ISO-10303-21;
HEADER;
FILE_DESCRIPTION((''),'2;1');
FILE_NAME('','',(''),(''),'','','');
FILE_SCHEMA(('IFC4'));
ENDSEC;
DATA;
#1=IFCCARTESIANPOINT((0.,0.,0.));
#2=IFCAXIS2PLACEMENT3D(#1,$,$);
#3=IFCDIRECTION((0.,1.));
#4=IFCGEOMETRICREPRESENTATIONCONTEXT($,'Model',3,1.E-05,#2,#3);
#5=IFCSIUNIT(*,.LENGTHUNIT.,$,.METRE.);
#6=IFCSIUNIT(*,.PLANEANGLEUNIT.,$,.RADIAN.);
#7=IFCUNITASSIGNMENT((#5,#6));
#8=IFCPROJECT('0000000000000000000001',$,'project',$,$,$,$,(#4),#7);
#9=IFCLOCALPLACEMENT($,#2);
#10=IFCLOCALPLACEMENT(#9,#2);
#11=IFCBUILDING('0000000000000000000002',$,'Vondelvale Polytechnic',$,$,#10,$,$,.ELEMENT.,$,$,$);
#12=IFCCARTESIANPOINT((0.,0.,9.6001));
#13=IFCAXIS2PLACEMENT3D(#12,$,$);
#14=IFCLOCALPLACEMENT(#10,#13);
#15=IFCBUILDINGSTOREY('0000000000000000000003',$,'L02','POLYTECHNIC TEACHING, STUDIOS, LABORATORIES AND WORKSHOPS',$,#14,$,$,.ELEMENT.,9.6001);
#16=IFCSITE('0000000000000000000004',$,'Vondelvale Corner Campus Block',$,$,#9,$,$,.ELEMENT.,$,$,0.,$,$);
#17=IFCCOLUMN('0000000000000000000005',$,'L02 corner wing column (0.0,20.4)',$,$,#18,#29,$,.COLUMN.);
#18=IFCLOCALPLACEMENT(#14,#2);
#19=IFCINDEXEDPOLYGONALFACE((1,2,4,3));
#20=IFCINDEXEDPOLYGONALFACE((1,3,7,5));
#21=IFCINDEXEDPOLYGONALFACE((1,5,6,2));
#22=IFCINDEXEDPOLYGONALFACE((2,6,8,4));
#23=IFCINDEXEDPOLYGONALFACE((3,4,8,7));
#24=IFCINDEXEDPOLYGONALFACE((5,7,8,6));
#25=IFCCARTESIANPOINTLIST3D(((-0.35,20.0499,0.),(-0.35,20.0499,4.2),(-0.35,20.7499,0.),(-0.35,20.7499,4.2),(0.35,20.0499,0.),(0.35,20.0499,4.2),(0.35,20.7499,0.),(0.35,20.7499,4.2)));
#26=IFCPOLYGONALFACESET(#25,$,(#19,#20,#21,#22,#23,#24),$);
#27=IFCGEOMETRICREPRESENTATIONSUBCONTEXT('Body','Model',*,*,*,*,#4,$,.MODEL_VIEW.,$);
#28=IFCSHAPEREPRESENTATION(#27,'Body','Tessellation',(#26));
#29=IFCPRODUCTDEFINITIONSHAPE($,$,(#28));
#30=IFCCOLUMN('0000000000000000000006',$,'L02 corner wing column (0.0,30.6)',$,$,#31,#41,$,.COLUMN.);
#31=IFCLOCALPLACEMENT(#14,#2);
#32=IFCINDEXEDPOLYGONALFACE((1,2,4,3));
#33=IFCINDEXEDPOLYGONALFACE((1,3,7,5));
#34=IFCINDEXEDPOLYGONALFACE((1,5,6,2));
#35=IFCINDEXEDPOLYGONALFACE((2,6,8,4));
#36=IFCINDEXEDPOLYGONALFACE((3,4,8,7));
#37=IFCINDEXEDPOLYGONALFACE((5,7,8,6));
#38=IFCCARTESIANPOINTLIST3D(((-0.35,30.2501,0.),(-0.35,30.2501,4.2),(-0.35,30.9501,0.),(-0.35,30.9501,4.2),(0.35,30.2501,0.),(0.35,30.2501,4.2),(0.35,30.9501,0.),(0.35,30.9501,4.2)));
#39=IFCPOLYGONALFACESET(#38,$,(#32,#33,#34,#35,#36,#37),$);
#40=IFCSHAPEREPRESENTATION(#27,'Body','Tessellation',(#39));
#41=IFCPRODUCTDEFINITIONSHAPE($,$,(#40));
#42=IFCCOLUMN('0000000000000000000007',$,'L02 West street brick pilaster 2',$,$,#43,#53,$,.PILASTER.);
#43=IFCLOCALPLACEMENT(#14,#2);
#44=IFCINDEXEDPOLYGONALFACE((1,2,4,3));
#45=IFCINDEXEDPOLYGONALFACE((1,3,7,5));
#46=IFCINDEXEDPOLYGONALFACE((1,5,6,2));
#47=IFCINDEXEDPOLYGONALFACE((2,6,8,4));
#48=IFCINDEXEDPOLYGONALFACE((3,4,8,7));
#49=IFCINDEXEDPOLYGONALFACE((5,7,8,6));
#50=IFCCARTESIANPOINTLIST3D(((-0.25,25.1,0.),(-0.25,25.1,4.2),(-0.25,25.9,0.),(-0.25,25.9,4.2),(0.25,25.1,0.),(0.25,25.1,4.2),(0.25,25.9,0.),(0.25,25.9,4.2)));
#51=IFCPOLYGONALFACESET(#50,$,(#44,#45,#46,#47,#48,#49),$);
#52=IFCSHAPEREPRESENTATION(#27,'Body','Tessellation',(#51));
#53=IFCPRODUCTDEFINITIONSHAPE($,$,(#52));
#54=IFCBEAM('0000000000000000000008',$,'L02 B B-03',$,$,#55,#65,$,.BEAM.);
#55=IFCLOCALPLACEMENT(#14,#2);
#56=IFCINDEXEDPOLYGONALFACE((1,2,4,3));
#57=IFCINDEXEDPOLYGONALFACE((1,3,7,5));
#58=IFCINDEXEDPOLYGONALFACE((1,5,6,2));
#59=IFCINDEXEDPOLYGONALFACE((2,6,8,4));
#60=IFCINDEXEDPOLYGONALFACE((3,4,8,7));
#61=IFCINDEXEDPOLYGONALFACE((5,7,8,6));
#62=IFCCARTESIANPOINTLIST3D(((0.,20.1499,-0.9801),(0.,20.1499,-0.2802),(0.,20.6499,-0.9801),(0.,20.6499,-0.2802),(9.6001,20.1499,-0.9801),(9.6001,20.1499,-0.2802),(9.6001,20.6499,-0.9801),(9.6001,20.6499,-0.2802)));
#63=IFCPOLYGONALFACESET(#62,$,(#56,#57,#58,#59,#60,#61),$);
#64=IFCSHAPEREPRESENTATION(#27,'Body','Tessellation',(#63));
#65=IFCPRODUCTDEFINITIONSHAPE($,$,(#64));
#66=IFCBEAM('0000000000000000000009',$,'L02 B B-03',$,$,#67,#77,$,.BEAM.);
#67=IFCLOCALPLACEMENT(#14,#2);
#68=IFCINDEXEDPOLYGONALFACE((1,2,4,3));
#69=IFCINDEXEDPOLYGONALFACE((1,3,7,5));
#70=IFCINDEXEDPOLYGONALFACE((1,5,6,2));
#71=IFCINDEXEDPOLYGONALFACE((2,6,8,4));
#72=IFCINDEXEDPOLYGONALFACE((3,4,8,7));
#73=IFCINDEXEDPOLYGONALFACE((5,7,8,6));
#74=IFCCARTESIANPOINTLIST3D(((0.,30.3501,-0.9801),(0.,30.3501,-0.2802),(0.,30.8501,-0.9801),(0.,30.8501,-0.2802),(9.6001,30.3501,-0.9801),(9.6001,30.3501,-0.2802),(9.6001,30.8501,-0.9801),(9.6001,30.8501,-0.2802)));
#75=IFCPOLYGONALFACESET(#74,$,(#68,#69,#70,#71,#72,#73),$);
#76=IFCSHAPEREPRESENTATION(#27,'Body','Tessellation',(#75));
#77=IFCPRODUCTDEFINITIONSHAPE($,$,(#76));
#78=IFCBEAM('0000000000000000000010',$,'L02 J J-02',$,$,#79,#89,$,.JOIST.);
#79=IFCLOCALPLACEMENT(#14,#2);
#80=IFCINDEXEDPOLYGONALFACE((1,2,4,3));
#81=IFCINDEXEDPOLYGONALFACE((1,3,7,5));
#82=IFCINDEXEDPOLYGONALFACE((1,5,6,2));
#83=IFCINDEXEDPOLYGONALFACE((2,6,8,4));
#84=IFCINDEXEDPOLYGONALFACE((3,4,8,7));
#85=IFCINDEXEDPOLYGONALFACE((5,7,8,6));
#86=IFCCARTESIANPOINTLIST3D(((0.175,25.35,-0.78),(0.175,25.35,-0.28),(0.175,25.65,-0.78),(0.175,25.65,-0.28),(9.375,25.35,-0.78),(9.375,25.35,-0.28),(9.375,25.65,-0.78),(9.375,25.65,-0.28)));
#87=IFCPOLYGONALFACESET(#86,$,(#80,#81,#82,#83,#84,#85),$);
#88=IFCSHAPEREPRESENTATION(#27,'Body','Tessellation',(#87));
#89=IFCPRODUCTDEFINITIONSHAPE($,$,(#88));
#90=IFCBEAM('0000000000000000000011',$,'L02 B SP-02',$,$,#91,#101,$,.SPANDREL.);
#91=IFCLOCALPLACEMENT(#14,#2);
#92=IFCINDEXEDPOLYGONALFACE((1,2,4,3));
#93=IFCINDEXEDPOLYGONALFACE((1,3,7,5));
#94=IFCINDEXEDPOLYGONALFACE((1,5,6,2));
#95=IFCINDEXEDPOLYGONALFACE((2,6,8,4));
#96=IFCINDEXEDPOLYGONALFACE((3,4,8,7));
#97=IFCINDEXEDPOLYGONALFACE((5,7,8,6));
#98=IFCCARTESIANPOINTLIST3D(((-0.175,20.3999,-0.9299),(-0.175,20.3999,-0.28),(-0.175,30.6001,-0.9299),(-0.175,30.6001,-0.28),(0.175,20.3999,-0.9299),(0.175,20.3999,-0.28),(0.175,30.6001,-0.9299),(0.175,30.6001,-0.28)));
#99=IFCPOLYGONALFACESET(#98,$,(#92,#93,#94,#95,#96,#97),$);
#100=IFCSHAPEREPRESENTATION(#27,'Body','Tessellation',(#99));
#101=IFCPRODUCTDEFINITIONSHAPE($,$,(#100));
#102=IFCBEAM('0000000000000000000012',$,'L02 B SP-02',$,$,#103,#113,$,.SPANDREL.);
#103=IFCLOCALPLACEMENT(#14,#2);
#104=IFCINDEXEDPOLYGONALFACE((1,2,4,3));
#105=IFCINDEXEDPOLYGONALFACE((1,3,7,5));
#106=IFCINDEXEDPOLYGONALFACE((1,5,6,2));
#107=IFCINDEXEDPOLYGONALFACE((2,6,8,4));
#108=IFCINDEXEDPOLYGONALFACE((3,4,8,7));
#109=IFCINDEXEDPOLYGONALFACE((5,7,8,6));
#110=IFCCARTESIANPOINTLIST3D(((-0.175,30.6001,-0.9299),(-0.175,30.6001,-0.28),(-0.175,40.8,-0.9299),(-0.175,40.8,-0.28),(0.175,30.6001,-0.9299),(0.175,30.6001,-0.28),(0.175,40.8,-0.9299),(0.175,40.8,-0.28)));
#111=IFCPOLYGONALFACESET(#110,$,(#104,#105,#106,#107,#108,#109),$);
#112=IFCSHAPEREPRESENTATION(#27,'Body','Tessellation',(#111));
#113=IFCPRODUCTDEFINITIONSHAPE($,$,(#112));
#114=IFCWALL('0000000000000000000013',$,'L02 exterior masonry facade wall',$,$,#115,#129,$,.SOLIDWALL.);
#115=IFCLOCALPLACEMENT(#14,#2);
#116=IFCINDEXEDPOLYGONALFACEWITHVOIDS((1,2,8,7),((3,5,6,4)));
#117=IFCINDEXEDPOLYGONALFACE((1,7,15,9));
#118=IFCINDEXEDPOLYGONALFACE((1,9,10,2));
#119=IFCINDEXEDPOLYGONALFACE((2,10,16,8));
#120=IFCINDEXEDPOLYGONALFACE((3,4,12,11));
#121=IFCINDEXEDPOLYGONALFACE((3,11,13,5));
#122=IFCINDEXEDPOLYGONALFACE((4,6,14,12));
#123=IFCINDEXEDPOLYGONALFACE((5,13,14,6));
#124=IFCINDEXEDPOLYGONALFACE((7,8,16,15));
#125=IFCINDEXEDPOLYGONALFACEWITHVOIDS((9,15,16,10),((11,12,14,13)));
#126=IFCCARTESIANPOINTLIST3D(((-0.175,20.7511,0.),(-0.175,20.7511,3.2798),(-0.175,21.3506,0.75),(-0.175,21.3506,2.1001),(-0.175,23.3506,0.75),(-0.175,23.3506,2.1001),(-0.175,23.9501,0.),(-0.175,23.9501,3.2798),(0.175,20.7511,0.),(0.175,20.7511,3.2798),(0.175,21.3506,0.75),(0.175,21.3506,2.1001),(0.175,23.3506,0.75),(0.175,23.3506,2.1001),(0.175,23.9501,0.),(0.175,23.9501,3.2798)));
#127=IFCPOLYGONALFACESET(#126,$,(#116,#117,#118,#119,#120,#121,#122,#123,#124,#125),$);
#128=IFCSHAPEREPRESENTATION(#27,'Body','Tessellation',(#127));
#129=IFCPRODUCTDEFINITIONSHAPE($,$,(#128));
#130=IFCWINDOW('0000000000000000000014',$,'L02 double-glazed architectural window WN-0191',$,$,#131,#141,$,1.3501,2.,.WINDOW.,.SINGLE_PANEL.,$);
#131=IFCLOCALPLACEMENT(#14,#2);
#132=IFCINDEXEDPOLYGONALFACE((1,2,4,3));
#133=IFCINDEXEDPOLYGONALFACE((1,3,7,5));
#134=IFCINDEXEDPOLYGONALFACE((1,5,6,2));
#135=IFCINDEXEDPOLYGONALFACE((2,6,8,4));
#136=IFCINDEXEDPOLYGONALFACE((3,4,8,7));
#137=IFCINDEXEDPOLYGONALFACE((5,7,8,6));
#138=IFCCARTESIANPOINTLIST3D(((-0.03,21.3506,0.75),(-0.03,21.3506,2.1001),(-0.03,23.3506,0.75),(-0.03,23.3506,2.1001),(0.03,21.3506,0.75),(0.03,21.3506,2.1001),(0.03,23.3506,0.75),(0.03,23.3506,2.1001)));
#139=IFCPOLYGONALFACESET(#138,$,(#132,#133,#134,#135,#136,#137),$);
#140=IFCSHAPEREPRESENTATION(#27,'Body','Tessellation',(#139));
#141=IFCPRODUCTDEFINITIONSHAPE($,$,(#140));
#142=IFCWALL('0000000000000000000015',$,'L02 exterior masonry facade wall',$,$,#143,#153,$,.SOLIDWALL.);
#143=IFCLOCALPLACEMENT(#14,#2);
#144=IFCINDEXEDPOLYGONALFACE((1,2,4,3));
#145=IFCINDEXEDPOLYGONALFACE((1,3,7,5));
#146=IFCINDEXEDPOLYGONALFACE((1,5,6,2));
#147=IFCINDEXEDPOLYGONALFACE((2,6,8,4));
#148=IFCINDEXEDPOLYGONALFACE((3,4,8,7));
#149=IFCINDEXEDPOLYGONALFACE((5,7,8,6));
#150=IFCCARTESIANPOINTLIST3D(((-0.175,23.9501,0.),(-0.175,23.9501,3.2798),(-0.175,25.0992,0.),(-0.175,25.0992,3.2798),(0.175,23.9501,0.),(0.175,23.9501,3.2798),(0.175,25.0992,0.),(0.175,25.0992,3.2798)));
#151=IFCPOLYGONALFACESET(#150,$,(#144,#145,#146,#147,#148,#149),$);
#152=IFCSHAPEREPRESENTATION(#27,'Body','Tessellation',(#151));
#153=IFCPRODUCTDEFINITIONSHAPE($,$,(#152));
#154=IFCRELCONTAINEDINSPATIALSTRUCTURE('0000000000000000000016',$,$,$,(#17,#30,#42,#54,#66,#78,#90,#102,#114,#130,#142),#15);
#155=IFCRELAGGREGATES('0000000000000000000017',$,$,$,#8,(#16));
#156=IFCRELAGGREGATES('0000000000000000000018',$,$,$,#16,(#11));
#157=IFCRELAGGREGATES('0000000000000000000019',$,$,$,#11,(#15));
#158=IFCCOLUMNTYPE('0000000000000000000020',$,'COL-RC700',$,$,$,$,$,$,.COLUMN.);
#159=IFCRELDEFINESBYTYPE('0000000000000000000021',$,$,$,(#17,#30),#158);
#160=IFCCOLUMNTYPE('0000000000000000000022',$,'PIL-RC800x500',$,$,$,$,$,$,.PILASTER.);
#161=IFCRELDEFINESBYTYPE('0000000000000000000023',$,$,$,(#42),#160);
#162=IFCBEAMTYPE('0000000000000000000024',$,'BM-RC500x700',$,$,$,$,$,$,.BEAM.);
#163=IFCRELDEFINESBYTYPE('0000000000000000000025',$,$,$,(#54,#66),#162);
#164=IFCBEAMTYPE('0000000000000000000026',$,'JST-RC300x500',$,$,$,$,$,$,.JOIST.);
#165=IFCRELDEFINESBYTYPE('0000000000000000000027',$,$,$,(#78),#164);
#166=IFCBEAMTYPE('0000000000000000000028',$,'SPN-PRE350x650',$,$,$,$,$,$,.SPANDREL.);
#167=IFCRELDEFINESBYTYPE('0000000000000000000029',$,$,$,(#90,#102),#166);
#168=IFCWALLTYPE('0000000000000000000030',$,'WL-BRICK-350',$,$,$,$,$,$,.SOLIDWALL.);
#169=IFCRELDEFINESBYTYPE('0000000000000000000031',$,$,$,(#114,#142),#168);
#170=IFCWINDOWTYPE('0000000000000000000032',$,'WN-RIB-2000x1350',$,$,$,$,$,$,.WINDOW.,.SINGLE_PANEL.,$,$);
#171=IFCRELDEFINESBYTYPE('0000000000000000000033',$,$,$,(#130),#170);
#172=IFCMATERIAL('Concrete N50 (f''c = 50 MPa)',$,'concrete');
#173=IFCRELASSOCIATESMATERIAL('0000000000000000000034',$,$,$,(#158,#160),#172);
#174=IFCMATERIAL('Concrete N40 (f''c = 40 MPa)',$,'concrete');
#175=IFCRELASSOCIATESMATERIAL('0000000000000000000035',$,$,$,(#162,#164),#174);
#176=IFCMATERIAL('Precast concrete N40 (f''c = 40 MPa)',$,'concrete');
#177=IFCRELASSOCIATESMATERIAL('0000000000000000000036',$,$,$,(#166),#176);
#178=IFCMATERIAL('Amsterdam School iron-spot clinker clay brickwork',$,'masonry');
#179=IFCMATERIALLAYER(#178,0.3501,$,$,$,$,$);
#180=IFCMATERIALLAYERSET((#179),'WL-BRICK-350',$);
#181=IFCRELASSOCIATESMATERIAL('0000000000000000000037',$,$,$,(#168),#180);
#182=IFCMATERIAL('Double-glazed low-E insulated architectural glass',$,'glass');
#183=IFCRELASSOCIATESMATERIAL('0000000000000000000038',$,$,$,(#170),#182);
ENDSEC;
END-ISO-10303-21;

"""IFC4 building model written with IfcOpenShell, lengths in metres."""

from ifc_helpers import new_model, si_unit, direction, frame, frame_2d, origin, origin_2d, place, context, subcontext, project, spatial, rectangle, extrude, material, layer, layer_set, material_profile, profile_set, type_object, element, fill, save


model = new_model("IFC4")

# Units and contexts
model_context = context("Model", 3, precision=1e-05, world=origin(), true_north=direction((0.0, 1.0)))
body_context = subcontext(model_context, "Body", "Model", "MODEL_VIEW")
ifc_project = project(units=[si_unit("LENGTHUNIT", "METRE"), si_unit("PLANEANGLEUNIT", "RADIAN")], contexts=[model_context])

# Site, building, storey
site_placement = place(None, origin())
site = spatial("IfcSite", under=ifc_project, at=site_placement, Name="Vondelvale Corner Campus Block", CompositionType="ELEMENT", RefElevation=0.0)
building_placement = place(site_placement, origin())
building = spatial("IfcBuilding", under=site, at=building_placement, Name="Vondelvale Polytechnic", CompositionType="ELEMENT")
storey_placement = place(building_placement, frame((0.0, 0.0, 9.6001)))
storey = spatial("IfcBuildingStorey", under=building, at=storey_placement, Name="L02", Description="POLYTECHNIC TEACHING, STUDIOS, LABORATORIES AND WORKSHOPS", CompositionType="ELEMENT", Elevation=9.6001)

# Columns
ifc_material_1 = material(Name="Concrete N50 (f'c = 50 MPa)", Category="concrete")
ifc_material_profile_1 = material_profile(ifc_material_1, rectangle(XDim=0.7, YDim=0.7, at=origin_2d()), Name="RC-COL-700x700")
ifc_profile_set_1 = profile_set([ifc_material_profile_1], Name="Concrete N50 (f'c = 50 MPa)")
column_type_1 = type_object("IfcColumnType", Name="COL-RC700", PredefinedType="COLUMN", material=ifc_profile_set_1)
for number, where, z_axis, x_axis, name in (
    (1, (0.0, 20.3999, 0.0), (0.0, 0.0, 1.0), (1.0, 0.0, 0.0), "L02 corner wing column (0.0,20.4)"),
    (2, (0.0, 30.6001, 0.0), (0.0, 0.0, 1.0), (1.0, 0.0, 0.0), "L02 corner wing column (0.0,30.6)"),
):
    element("IfcColumn", number, at=place(storey_placement, frame(where, z_axis=z_axis, x_axis=x_axis)), inside=storey, type_object=column_type_1, Name=name, PredefinedType="COLUMN", context=body_context, shape_type="SweptSolid", body=[
        extrude(rectangle(XDim=0.7, YDim=0.7, at=origin_2d()), origin(), (0.0, 0.0, 1.0), 4.2),
    ])
ifc_material_profile_2 = material_profile(ifc_material_1, rectangle(XDim=0.5, YDim=0.8, at=origin_2d()), Name="RC-PIL-800x500")
ifc_profile_set_2 = profile_set([ifc_material_profile_2], Name="Concrete N50 (f'c = 50 MPa)")
column_type_2 = type_object("IfcColumnType", Name="PIL-RC800x500", PredefinedType="PILASTER", material=ifc_profile_set_2)
column_placement = place(storey_placement, frame((0.0, 25.5, 0.0), z_axis=(0.0, 0.0, 1.0), x_axis=(1.0, 0.0, 0.0)))
element("IfcColumn", 3, at=column_placement, inside=storey, type_object=column_type_2, Name="L02 West street brick pilaster 2", PredefinedType="PILASTER", context=body_context, shape_type="SweptSolid", body=[
    extrude(rectangle(XDim=0.5, YDim=0.8, at=origin_2d()), origin(), (0.0, 0.0, 1.0), 4.2),
])

# Beams
ifc_material_2 = material(Name="Concrete N40 (f'c = 40 MPa)", Category="concrete")
ifc_material_profile_3 = material_profile(ifc_material_2, rectangle(XDim=0.5, YDim=0.7, at=origin_2d()), Name="RC-BM-500x700")
ifc_profile_set_3 = profile_set([ifc_material_profile_3], Name="Concrete N40 (f'c = 40 MPa)")
beam_type_1 = type_object("IfcBeamType", Name="BM-RC500x700", PredefinedType="BEAM", material=ifc_profile_set_3)
for number, where, z_axis, x_axis, name in (
    (4, (0.0, 20.3999, -0.6301), (1.0, 0.0, 0.0), (0.0, 1.0, 0.0), "L02 B B-03"),
    (5, (0.0, 30.6001, -0.6301), (1.0, 0.0, 0.0), (0.0, 1.0, 0.0), "L02 B B-03"),
):
    element("IfcBeam", number, at=place(storey_placement, frame(where, z_axis=z_axis, x_axis=x_axis)), inside=storey, type_object=beam_type_1, Name=name, PredefinedType="BEAM", context=body_context, shape_type="SweptSolid", body=[
        extrude(rectangle(XDim=0.5, YDim=0.7, at=origin_2d()), origin(), (0.0, 0.0, 1.0), 9.6001),
    ])
ifc_material_profile_4 = material_profile(ifc_material_2, rectangle(XDim=0.3, YDim=0.5, at=origin_2d()), Name="RC-JST-300x500")
ifc_profile_set_4 = profile_set([ifc_material_profile_4], Name="Concrete N40 (f'c = 40 MPa)")
beam_type_2 = type_object("IfcBeamType", Name="JST-RC300x500", PredefinedType="JOIST", material=ifc_profile_set_4)
beam_1_placement = place(storey_placement, frame((0.175, 25.5, -0.53), z_axis=(1.0, 0.0, 0.0), x_axis=(0.0, 1.0, 0.0)))
element("IfcBeam", 6, at=beam_1_placement, inside=storey, type_object=beam_type_2, Name="L02 J J-02", PredefinedType="JOIST", context=body_context, shape_type="SweptSolid", body=[
    extrude(rectangle(XDim=0.3, YDim=0.5, at=origin_2d()), origin(), (0.0, 0.0, 1.0), 9.2),
])
ifc_material_3 = material(Name="Precast concrete N40 (f'c = 40 MPa)", Category="concrete")
ifc_material_profile_5 = material_profile(ifc_material_3, rectangle(XDim=0.3501, YDim=0.6499, at=origin_2d()), Name="RC-SPN-350x650")
ifc_profile_set_5 = profile_set([ifc_material_profile_5], Name="Precast concrete N40 (f'c = 40 MPa)")
beam_type_3 = type_object("IfcBeamType", Name="SPN-PRE350x650", PredefinedType="SPANDREL", material=ifc_profile_set_5)
beam_2_placement = place(storey_placement, frame((0.0, 20.3999, -0.605), z_axis=(0.0, 1.0, 0.0), x_axis=(-1.0, 0.0, 0.0)))
element("IfcBeam", 7, at=beam_2_placement, inside=storey, type_object=beam_type_3, Name="L02 B SP-02", PredefinedType="SPANDREL", context=body_context, shape_type="SweptSolid", body=[
    extrude(rectangle(XDim=0.3501, YDim=0.6499, at=origin_2d()), origin(), (0.0, 0.0, 1.0), 10.2002),
])
beam_3_placement = place(storey_placement, frame((0.0, 30.6001, -0.605), z_axis=(0.0, 1.0, 0.0), x_axis=(-1.0, 0.0, 0.0)))
element("IfcBeam", 8, at=beam_3_placement, inside=storey, type_object=beam_type_3, Name="L02 B SP-02", PredefinedType="SPANDREL", context=body_context, shape_type="SweptSolid", body=[
    extrude(rectangle(XDim=0.3501, YDim=0.6499, at=origin_2d()), origin(), (0.0, 0.0, 1.0), 10.2),
])

# Wall, opening, window
ifc_material_4 = material(Name="Amsterdam School iron-spot clinker clay brickwork", Category="masonry")
ifc_layer_1 = layer(ifc_material_4, 0.3501)
ifc_layer_set_1 = layer_set([ifc_layer_1], Name="WL-BRICK-350")
wall_type_1 = type_object("IfcWallType", Name="WL-BRICK-350", PredefinedType="SOLIDWALL", material=ifc_layer_set_1)
wall_1_placement = place(storey_placement, frame((0.0, 20.751, 0.0), z_axis=(0.0, 0.0, 1.0), x_axis=(0.0, 1.0, 0.0)))
wall_1 = element("IfcWall", 9, at=wall_1_placement, inside=storey, type_object=wall_type_1, Name="L02 exterior masonry facade wall", PredefinedType="SOLIDWALL", context=body_context, shape_type="SweptSolid", body=[
    extrude(rectangle(XDim=3.199, YDim=0.3501, at=frame_2d((1.5996, 0.0))), origin(), (0.0, 0.0, 1.0), 3.2798),
])
opening_1_placement = place(wall_1_placement, frame((0.5996, 0.0, 0.75)))
opening_1 = element("IfcOpeningElement", 10, at=opening_1_placement, cuts=wall_1, PredefinedType="OPENING", context=body_context, shape_type="SweptSolid", body=[
    extrude(rectangle(XDim=2.0, YDim=1.3501, at=frame_2d((1.0, 0.675))), frame((0.0, 0.1851, 0.0), z_axis=(0.0, -1.0, 0.0), x_axis=(1.0, 0.0, 0.0)), (0.0, 0.0, 1.0), 0.3701),
])
ifc_material_5 = material(Name="Double-glazed low-E insulated architectural glass", Category="glass")
window_type_1 = type_object("IfcWindowType", Name="WN-RIB-2000x1350", PartitioningType="SINGLE_PANEL", PredefinedType="WINDOW", material=ifc_material_5)
window_1_placement = place(opening_1_placement, origin())
window_1 = element("IfcWindow", 11, at=window_1_placement, inside=storey, type_object=window_type_1, Name="L02 double-glazed architectural window WN-0191", OverallHeight=1.3501, OverallWidth=2.0, PartitioningType="SINGLE_PANEL", PredefinedType="WINDOW", context=body_context, shape_type="SweptSolid", body=[
    extrude(rectangle(XDim=2.0, YDim=1.3501, at=frame_2d((1.0, 0.675))), frame((0.0, 0.03, 0.0), z_axis=(0.0, -1.0, 0.0), x_axis=(1.0, 0.0, 0.0)), (0.0, 0.0, 1.0), 0.0601),
])
fill(opening_1, window_1)

# Wall
wall_2_placement = place(storey_placement, frame((0.0, 23.95, 0.0), z_axis=(0.0, 0.0, 1.0), x_axis=(0.0, 1.0, 0.0)))
element("IfcWall", 12, at=wall_2_placement, inside=storey, type_object=wall_type_1, Name="L02 exterior masonry facade wall", PredefinedType="SOLIDWALL", context=body_context, shape_type="SweptSolid", body=[
    extrude(rectangle(XDim=1.1492, YDim=0.3501, at=frame_2d((0.5747, 0.0))), origin(), (0.0, 0.0, 1.0), 3.2798),
])

save(model, "model.ifc")
